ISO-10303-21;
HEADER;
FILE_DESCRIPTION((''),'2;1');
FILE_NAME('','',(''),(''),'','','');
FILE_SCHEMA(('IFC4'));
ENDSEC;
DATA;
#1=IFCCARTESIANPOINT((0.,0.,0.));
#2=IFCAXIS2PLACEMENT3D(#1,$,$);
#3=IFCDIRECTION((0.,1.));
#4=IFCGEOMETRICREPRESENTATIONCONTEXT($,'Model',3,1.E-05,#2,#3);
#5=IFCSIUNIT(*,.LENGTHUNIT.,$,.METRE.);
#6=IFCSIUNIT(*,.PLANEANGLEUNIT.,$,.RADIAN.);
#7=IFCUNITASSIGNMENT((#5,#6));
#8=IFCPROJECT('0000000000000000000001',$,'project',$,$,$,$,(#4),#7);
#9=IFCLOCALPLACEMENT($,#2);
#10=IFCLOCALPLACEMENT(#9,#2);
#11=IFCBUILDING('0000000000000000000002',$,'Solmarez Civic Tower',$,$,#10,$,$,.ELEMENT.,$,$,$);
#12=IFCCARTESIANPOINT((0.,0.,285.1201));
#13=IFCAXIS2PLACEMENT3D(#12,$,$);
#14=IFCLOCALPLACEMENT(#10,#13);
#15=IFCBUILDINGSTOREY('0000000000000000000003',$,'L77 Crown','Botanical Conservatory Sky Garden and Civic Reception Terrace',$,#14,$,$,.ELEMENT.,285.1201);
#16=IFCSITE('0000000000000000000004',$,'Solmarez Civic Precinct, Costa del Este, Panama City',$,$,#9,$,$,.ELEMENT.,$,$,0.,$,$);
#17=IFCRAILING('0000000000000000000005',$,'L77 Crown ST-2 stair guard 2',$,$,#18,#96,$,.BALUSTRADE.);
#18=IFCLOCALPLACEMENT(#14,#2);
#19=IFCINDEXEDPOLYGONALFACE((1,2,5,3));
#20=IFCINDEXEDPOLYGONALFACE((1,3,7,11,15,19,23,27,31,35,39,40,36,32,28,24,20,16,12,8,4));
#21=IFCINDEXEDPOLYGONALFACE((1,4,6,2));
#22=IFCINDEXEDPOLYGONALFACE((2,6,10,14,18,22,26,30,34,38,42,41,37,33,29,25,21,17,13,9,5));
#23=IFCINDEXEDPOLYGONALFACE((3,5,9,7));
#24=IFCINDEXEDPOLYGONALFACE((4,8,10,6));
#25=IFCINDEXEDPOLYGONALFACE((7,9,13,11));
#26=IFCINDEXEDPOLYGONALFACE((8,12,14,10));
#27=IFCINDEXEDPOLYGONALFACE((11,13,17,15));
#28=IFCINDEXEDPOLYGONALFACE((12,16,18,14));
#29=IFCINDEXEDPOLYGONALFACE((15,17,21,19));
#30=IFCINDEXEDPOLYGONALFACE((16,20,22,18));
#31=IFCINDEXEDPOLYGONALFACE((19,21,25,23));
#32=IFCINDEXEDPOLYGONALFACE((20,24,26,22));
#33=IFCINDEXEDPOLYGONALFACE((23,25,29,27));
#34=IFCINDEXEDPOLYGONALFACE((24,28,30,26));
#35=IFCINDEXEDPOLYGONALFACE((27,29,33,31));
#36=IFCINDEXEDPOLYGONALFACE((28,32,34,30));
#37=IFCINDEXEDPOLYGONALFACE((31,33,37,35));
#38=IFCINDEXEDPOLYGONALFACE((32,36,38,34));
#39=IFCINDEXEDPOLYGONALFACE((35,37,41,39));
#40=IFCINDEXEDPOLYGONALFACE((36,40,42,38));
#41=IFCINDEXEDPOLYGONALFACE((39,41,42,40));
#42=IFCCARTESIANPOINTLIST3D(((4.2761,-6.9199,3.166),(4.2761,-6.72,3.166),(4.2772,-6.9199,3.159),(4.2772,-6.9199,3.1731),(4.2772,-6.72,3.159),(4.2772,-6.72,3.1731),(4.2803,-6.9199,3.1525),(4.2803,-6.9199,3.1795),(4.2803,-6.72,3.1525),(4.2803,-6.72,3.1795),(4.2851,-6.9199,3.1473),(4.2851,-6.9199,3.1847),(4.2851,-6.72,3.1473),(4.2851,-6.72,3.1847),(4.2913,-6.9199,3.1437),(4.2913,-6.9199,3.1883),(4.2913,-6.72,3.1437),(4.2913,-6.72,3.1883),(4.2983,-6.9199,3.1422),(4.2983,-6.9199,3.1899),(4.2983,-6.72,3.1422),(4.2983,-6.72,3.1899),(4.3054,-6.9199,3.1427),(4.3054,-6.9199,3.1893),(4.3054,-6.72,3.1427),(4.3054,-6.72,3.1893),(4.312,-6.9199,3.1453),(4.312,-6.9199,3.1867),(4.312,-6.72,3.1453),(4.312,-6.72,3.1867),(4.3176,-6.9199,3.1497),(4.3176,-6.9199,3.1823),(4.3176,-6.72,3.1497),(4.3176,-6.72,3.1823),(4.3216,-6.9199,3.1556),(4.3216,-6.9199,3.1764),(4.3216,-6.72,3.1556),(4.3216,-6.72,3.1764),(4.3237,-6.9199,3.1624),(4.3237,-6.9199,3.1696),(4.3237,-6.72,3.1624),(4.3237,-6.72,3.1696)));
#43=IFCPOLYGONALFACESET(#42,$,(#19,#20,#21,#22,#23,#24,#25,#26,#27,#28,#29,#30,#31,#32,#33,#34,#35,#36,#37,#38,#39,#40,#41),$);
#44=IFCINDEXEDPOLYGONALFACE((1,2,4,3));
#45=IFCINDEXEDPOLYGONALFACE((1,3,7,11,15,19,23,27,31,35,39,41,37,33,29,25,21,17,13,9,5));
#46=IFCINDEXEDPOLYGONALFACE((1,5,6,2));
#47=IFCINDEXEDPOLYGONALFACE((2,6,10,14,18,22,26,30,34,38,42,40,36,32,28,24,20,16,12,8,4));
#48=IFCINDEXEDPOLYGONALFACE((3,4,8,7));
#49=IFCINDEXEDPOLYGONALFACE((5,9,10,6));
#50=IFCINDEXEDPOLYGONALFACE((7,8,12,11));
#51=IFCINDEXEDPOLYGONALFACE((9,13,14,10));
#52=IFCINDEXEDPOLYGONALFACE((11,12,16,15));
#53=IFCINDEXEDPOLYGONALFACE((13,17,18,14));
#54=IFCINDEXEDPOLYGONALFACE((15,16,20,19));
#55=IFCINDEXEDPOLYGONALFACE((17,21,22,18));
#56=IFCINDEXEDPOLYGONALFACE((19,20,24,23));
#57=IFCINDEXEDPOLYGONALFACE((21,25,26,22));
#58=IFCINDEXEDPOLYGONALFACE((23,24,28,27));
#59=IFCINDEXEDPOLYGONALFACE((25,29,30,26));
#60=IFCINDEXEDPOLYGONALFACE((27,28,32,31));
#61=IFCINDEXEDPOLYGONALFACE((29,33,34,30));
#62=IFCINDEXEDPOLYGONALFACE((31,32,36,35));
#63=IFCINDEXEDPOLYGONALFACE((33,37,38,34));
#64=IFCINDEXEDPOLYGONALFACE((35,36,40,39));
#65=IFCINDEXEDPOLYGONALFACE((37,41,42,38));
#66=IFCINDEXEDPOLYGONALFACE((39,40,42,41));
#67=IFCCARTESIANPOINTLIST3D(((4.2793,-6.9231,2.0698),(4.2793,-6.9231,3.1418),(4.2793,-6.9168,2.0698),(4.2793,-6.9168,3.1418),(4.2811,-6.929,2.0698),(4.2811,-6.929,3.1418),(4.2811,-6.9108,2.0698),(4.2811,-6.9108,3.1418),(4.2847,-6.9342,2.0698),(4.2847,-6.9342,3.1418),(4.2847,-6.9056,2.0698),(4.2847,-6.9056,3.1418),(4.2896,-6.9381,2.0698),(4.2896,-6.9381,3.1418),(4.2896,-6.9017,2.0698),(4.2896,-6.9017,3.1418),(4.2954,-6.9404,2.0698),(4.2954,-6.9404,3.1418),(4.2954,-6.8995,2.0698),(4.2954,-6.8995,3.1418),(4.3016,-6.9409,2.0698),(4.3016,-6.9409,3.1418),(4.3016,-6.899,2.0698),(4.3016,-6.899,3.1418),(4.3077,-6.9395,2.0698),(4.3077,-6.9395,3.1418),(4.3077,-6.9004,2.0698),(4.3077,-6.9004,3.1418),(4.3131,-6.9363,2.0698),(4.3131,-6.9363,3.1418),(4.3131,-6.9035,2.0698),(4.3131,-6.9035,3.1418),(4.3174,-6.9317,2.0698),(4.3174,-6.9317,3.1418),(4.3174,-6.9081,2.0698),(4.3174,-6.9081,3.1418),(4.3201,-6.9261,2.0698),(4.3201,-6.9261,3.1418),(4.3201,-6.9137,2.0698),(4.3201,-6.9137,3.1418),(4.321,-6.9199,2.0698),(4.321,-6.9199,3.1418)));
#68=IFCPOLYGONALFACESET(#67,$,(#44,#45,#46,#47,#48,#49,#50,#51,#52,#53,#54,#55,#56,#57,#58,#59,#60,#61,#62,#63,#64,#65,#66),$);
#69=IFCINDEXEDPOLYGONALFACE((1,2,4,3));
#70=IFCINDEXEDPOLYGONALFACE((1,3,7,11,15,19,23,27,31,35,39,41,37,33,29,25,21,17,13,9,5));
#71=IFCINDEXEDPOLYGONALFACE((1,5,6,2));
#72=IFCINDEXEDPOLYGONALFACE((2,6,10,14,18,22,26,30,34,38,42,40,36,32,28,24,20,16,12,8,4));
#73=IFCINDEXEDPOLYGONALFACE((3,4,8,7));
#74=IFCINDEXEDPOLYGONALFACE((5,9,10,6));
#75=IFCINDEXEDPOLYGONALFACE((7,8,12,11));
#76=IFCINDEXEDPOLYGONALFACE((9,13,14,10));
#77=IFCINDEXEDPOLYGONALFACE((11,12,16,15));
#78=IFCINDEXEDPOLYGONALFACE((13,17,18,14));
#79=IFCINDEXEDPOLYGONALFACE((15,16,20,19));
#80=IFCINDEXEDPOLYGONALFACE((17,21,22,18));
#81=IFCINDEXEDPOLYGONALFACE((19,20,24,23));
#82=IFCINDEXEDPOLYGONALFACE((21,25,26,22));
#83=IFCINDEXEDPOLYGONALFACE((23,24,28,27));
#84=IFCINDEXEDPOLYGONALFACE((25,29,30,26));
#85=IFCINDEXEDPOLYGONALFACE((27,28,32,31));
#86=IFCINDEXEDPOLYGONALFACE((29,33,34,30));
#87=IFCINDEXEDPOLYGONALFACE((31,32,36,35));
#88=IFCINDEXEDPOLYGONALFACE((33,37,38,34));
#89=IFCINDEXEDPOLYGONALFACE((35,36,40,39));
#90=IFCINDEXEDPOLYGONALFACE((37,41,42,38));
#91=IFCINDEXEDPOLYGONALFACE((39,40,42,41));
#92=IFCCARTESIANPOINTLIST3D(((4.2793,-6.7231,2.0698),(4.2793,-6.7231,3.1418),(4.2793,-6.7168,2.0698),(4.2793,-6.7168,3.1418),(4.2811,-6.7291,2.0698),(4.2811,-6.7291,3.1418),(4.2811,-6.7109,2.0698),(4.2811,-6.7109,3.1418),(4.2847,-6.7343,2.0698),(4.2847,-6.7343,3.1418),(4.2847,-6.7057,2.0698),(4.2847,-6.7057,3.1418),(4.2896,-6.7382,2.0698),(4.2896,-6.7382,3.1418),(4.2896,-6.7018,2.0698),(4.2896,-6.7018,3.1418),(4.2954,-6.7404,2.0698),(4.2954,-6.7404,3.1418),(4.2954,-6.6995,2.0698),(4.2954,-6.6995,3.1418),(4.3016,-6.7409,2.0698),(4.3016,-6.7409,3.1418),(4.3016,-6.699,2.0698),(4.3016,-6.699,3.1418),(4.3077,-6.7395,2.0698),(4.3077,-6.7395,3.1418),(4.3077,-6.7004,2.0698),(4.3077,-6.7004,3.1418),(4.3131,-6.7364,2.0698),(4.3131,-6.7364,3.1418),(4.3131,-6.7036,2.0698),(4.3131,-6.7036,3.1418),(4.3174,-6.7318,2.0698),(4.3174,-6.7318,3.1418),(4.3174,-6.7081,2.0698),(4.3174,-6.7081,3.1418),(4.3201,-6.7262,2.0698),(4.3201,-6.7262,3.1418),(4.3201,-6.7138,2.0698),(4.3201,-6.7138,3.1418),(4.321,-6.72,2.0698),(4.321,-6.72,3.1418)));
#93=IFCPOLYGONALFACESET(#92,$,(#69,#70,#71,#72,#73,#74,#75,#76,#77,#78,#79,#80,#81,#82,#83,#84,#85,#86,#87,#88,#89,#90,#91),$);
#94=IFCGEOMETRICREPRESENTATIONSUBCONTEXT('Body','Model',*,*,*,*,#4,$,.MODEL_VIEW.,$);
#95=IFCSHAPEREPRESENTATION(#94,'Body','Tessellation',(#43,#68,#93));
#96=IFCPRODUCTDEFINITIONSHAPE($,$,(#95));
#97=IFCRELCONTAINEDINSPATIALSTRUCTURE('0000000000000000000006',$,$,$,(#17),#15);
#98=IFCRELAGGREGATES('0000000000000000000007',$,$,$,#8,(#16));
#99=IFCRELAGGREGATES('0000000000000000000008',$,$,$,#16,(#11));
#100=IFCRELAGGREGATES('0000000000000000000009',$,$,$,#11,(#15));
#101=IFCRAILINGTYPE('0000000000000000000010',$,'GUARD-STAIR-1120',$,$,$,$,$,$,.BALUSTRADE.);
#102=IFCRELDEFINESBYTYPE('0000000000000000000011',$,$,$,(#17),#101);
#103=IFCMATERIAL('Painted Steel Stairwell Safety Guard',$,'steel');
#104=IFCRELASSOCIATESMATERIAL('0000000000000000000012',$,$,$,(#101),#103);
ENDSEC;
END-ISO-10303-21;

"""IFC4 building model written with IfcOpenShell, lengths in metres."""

from ifc_helpers import new_model, si_unit, direction, frame, origin, origin_2d, place, context, subcontext, project, spatial, circle, extrude, material, type_object, element, save


model = new_model("IFC4")

# Units and contexts
model_context = context("Model", 3, precision=1e-05, world=origin(), true_north=direction((0.0, 1.0)))
body_context = subcontext(model_context, "Body", "Model", "MODEL_VIEW")
ifc_project = project(units=[si_unit("LENGTHUNIT", "METRE"), si_unit("PLANEANGLEUNIT", "RADIAN")], contexts=[model_context])

# Site, building, storey
site_placement = place(None, origin())
site = spatial("IfcSite", under=ifc_project, at=site_placement, Name="Solmarez Civic Precinct, Costa del Este, Panama City", CompositionType="ELEMENT", RefElevation=0.0)
building_placement = place(site_placement, origin())
building = spatial("IfcBuilding", under=site, at=building_placement, Name="Solmarez Civic Tower", CompositionType="ELEMENT")
storey_placement = place(building_placement, frame((0.0, 0.0, 285.1201)))
storey = spatial("IfcBuildingStorey", under=building, at=storey_placement, Name="L77 Crown", Description="Botanical Conservatory Sky Garden and Civic Reception Terrace", CompositionType="ELEMENT", Elevation=285.1201)

# Railing
ifc_material_1 = material(Name="Painted Steel Stairwell Safety Guard", Category="steel")
railing_type_1 = type_object("IfcRailingType", Name="GUARD-STAIR-1120", PredefinedType="BALUSTRADE", material=ifc_material_1)
railing_1_placement = place(storey_placement, frame((4.3, -6.9199, 2.0698)))
element("IfcRailing", 1, at=railing_1_placement, inside=storey, type_object=railing_type_1, Name="L77 Crown ST-2 stair guard 2", PredefinedType="BALUSTRADE", context=body_context, shape_type="SweptSolid", body=[
    extrude(circle(Radius=0.0239, at=origin_2d()), frame((0.0, 0.0, 1.0962), z_axis=(0.0, 1.0, 0.0), x_axis=(-1.0, 0.0, 0.0)), (0.0, 0.0, 1.0), 0.2),
    extrude(circle(Radius=0.021, at=origin_2d()), origin(), (0.0, 0.0, 1.0), 1.072),
    extrude(circle(Radius=0.021, at=origin_2d()), frame((0.0, 0.2, 0.0)), (0.0, 0.0, 1.0), 1.072),
])

save(model, "model.ifc")
